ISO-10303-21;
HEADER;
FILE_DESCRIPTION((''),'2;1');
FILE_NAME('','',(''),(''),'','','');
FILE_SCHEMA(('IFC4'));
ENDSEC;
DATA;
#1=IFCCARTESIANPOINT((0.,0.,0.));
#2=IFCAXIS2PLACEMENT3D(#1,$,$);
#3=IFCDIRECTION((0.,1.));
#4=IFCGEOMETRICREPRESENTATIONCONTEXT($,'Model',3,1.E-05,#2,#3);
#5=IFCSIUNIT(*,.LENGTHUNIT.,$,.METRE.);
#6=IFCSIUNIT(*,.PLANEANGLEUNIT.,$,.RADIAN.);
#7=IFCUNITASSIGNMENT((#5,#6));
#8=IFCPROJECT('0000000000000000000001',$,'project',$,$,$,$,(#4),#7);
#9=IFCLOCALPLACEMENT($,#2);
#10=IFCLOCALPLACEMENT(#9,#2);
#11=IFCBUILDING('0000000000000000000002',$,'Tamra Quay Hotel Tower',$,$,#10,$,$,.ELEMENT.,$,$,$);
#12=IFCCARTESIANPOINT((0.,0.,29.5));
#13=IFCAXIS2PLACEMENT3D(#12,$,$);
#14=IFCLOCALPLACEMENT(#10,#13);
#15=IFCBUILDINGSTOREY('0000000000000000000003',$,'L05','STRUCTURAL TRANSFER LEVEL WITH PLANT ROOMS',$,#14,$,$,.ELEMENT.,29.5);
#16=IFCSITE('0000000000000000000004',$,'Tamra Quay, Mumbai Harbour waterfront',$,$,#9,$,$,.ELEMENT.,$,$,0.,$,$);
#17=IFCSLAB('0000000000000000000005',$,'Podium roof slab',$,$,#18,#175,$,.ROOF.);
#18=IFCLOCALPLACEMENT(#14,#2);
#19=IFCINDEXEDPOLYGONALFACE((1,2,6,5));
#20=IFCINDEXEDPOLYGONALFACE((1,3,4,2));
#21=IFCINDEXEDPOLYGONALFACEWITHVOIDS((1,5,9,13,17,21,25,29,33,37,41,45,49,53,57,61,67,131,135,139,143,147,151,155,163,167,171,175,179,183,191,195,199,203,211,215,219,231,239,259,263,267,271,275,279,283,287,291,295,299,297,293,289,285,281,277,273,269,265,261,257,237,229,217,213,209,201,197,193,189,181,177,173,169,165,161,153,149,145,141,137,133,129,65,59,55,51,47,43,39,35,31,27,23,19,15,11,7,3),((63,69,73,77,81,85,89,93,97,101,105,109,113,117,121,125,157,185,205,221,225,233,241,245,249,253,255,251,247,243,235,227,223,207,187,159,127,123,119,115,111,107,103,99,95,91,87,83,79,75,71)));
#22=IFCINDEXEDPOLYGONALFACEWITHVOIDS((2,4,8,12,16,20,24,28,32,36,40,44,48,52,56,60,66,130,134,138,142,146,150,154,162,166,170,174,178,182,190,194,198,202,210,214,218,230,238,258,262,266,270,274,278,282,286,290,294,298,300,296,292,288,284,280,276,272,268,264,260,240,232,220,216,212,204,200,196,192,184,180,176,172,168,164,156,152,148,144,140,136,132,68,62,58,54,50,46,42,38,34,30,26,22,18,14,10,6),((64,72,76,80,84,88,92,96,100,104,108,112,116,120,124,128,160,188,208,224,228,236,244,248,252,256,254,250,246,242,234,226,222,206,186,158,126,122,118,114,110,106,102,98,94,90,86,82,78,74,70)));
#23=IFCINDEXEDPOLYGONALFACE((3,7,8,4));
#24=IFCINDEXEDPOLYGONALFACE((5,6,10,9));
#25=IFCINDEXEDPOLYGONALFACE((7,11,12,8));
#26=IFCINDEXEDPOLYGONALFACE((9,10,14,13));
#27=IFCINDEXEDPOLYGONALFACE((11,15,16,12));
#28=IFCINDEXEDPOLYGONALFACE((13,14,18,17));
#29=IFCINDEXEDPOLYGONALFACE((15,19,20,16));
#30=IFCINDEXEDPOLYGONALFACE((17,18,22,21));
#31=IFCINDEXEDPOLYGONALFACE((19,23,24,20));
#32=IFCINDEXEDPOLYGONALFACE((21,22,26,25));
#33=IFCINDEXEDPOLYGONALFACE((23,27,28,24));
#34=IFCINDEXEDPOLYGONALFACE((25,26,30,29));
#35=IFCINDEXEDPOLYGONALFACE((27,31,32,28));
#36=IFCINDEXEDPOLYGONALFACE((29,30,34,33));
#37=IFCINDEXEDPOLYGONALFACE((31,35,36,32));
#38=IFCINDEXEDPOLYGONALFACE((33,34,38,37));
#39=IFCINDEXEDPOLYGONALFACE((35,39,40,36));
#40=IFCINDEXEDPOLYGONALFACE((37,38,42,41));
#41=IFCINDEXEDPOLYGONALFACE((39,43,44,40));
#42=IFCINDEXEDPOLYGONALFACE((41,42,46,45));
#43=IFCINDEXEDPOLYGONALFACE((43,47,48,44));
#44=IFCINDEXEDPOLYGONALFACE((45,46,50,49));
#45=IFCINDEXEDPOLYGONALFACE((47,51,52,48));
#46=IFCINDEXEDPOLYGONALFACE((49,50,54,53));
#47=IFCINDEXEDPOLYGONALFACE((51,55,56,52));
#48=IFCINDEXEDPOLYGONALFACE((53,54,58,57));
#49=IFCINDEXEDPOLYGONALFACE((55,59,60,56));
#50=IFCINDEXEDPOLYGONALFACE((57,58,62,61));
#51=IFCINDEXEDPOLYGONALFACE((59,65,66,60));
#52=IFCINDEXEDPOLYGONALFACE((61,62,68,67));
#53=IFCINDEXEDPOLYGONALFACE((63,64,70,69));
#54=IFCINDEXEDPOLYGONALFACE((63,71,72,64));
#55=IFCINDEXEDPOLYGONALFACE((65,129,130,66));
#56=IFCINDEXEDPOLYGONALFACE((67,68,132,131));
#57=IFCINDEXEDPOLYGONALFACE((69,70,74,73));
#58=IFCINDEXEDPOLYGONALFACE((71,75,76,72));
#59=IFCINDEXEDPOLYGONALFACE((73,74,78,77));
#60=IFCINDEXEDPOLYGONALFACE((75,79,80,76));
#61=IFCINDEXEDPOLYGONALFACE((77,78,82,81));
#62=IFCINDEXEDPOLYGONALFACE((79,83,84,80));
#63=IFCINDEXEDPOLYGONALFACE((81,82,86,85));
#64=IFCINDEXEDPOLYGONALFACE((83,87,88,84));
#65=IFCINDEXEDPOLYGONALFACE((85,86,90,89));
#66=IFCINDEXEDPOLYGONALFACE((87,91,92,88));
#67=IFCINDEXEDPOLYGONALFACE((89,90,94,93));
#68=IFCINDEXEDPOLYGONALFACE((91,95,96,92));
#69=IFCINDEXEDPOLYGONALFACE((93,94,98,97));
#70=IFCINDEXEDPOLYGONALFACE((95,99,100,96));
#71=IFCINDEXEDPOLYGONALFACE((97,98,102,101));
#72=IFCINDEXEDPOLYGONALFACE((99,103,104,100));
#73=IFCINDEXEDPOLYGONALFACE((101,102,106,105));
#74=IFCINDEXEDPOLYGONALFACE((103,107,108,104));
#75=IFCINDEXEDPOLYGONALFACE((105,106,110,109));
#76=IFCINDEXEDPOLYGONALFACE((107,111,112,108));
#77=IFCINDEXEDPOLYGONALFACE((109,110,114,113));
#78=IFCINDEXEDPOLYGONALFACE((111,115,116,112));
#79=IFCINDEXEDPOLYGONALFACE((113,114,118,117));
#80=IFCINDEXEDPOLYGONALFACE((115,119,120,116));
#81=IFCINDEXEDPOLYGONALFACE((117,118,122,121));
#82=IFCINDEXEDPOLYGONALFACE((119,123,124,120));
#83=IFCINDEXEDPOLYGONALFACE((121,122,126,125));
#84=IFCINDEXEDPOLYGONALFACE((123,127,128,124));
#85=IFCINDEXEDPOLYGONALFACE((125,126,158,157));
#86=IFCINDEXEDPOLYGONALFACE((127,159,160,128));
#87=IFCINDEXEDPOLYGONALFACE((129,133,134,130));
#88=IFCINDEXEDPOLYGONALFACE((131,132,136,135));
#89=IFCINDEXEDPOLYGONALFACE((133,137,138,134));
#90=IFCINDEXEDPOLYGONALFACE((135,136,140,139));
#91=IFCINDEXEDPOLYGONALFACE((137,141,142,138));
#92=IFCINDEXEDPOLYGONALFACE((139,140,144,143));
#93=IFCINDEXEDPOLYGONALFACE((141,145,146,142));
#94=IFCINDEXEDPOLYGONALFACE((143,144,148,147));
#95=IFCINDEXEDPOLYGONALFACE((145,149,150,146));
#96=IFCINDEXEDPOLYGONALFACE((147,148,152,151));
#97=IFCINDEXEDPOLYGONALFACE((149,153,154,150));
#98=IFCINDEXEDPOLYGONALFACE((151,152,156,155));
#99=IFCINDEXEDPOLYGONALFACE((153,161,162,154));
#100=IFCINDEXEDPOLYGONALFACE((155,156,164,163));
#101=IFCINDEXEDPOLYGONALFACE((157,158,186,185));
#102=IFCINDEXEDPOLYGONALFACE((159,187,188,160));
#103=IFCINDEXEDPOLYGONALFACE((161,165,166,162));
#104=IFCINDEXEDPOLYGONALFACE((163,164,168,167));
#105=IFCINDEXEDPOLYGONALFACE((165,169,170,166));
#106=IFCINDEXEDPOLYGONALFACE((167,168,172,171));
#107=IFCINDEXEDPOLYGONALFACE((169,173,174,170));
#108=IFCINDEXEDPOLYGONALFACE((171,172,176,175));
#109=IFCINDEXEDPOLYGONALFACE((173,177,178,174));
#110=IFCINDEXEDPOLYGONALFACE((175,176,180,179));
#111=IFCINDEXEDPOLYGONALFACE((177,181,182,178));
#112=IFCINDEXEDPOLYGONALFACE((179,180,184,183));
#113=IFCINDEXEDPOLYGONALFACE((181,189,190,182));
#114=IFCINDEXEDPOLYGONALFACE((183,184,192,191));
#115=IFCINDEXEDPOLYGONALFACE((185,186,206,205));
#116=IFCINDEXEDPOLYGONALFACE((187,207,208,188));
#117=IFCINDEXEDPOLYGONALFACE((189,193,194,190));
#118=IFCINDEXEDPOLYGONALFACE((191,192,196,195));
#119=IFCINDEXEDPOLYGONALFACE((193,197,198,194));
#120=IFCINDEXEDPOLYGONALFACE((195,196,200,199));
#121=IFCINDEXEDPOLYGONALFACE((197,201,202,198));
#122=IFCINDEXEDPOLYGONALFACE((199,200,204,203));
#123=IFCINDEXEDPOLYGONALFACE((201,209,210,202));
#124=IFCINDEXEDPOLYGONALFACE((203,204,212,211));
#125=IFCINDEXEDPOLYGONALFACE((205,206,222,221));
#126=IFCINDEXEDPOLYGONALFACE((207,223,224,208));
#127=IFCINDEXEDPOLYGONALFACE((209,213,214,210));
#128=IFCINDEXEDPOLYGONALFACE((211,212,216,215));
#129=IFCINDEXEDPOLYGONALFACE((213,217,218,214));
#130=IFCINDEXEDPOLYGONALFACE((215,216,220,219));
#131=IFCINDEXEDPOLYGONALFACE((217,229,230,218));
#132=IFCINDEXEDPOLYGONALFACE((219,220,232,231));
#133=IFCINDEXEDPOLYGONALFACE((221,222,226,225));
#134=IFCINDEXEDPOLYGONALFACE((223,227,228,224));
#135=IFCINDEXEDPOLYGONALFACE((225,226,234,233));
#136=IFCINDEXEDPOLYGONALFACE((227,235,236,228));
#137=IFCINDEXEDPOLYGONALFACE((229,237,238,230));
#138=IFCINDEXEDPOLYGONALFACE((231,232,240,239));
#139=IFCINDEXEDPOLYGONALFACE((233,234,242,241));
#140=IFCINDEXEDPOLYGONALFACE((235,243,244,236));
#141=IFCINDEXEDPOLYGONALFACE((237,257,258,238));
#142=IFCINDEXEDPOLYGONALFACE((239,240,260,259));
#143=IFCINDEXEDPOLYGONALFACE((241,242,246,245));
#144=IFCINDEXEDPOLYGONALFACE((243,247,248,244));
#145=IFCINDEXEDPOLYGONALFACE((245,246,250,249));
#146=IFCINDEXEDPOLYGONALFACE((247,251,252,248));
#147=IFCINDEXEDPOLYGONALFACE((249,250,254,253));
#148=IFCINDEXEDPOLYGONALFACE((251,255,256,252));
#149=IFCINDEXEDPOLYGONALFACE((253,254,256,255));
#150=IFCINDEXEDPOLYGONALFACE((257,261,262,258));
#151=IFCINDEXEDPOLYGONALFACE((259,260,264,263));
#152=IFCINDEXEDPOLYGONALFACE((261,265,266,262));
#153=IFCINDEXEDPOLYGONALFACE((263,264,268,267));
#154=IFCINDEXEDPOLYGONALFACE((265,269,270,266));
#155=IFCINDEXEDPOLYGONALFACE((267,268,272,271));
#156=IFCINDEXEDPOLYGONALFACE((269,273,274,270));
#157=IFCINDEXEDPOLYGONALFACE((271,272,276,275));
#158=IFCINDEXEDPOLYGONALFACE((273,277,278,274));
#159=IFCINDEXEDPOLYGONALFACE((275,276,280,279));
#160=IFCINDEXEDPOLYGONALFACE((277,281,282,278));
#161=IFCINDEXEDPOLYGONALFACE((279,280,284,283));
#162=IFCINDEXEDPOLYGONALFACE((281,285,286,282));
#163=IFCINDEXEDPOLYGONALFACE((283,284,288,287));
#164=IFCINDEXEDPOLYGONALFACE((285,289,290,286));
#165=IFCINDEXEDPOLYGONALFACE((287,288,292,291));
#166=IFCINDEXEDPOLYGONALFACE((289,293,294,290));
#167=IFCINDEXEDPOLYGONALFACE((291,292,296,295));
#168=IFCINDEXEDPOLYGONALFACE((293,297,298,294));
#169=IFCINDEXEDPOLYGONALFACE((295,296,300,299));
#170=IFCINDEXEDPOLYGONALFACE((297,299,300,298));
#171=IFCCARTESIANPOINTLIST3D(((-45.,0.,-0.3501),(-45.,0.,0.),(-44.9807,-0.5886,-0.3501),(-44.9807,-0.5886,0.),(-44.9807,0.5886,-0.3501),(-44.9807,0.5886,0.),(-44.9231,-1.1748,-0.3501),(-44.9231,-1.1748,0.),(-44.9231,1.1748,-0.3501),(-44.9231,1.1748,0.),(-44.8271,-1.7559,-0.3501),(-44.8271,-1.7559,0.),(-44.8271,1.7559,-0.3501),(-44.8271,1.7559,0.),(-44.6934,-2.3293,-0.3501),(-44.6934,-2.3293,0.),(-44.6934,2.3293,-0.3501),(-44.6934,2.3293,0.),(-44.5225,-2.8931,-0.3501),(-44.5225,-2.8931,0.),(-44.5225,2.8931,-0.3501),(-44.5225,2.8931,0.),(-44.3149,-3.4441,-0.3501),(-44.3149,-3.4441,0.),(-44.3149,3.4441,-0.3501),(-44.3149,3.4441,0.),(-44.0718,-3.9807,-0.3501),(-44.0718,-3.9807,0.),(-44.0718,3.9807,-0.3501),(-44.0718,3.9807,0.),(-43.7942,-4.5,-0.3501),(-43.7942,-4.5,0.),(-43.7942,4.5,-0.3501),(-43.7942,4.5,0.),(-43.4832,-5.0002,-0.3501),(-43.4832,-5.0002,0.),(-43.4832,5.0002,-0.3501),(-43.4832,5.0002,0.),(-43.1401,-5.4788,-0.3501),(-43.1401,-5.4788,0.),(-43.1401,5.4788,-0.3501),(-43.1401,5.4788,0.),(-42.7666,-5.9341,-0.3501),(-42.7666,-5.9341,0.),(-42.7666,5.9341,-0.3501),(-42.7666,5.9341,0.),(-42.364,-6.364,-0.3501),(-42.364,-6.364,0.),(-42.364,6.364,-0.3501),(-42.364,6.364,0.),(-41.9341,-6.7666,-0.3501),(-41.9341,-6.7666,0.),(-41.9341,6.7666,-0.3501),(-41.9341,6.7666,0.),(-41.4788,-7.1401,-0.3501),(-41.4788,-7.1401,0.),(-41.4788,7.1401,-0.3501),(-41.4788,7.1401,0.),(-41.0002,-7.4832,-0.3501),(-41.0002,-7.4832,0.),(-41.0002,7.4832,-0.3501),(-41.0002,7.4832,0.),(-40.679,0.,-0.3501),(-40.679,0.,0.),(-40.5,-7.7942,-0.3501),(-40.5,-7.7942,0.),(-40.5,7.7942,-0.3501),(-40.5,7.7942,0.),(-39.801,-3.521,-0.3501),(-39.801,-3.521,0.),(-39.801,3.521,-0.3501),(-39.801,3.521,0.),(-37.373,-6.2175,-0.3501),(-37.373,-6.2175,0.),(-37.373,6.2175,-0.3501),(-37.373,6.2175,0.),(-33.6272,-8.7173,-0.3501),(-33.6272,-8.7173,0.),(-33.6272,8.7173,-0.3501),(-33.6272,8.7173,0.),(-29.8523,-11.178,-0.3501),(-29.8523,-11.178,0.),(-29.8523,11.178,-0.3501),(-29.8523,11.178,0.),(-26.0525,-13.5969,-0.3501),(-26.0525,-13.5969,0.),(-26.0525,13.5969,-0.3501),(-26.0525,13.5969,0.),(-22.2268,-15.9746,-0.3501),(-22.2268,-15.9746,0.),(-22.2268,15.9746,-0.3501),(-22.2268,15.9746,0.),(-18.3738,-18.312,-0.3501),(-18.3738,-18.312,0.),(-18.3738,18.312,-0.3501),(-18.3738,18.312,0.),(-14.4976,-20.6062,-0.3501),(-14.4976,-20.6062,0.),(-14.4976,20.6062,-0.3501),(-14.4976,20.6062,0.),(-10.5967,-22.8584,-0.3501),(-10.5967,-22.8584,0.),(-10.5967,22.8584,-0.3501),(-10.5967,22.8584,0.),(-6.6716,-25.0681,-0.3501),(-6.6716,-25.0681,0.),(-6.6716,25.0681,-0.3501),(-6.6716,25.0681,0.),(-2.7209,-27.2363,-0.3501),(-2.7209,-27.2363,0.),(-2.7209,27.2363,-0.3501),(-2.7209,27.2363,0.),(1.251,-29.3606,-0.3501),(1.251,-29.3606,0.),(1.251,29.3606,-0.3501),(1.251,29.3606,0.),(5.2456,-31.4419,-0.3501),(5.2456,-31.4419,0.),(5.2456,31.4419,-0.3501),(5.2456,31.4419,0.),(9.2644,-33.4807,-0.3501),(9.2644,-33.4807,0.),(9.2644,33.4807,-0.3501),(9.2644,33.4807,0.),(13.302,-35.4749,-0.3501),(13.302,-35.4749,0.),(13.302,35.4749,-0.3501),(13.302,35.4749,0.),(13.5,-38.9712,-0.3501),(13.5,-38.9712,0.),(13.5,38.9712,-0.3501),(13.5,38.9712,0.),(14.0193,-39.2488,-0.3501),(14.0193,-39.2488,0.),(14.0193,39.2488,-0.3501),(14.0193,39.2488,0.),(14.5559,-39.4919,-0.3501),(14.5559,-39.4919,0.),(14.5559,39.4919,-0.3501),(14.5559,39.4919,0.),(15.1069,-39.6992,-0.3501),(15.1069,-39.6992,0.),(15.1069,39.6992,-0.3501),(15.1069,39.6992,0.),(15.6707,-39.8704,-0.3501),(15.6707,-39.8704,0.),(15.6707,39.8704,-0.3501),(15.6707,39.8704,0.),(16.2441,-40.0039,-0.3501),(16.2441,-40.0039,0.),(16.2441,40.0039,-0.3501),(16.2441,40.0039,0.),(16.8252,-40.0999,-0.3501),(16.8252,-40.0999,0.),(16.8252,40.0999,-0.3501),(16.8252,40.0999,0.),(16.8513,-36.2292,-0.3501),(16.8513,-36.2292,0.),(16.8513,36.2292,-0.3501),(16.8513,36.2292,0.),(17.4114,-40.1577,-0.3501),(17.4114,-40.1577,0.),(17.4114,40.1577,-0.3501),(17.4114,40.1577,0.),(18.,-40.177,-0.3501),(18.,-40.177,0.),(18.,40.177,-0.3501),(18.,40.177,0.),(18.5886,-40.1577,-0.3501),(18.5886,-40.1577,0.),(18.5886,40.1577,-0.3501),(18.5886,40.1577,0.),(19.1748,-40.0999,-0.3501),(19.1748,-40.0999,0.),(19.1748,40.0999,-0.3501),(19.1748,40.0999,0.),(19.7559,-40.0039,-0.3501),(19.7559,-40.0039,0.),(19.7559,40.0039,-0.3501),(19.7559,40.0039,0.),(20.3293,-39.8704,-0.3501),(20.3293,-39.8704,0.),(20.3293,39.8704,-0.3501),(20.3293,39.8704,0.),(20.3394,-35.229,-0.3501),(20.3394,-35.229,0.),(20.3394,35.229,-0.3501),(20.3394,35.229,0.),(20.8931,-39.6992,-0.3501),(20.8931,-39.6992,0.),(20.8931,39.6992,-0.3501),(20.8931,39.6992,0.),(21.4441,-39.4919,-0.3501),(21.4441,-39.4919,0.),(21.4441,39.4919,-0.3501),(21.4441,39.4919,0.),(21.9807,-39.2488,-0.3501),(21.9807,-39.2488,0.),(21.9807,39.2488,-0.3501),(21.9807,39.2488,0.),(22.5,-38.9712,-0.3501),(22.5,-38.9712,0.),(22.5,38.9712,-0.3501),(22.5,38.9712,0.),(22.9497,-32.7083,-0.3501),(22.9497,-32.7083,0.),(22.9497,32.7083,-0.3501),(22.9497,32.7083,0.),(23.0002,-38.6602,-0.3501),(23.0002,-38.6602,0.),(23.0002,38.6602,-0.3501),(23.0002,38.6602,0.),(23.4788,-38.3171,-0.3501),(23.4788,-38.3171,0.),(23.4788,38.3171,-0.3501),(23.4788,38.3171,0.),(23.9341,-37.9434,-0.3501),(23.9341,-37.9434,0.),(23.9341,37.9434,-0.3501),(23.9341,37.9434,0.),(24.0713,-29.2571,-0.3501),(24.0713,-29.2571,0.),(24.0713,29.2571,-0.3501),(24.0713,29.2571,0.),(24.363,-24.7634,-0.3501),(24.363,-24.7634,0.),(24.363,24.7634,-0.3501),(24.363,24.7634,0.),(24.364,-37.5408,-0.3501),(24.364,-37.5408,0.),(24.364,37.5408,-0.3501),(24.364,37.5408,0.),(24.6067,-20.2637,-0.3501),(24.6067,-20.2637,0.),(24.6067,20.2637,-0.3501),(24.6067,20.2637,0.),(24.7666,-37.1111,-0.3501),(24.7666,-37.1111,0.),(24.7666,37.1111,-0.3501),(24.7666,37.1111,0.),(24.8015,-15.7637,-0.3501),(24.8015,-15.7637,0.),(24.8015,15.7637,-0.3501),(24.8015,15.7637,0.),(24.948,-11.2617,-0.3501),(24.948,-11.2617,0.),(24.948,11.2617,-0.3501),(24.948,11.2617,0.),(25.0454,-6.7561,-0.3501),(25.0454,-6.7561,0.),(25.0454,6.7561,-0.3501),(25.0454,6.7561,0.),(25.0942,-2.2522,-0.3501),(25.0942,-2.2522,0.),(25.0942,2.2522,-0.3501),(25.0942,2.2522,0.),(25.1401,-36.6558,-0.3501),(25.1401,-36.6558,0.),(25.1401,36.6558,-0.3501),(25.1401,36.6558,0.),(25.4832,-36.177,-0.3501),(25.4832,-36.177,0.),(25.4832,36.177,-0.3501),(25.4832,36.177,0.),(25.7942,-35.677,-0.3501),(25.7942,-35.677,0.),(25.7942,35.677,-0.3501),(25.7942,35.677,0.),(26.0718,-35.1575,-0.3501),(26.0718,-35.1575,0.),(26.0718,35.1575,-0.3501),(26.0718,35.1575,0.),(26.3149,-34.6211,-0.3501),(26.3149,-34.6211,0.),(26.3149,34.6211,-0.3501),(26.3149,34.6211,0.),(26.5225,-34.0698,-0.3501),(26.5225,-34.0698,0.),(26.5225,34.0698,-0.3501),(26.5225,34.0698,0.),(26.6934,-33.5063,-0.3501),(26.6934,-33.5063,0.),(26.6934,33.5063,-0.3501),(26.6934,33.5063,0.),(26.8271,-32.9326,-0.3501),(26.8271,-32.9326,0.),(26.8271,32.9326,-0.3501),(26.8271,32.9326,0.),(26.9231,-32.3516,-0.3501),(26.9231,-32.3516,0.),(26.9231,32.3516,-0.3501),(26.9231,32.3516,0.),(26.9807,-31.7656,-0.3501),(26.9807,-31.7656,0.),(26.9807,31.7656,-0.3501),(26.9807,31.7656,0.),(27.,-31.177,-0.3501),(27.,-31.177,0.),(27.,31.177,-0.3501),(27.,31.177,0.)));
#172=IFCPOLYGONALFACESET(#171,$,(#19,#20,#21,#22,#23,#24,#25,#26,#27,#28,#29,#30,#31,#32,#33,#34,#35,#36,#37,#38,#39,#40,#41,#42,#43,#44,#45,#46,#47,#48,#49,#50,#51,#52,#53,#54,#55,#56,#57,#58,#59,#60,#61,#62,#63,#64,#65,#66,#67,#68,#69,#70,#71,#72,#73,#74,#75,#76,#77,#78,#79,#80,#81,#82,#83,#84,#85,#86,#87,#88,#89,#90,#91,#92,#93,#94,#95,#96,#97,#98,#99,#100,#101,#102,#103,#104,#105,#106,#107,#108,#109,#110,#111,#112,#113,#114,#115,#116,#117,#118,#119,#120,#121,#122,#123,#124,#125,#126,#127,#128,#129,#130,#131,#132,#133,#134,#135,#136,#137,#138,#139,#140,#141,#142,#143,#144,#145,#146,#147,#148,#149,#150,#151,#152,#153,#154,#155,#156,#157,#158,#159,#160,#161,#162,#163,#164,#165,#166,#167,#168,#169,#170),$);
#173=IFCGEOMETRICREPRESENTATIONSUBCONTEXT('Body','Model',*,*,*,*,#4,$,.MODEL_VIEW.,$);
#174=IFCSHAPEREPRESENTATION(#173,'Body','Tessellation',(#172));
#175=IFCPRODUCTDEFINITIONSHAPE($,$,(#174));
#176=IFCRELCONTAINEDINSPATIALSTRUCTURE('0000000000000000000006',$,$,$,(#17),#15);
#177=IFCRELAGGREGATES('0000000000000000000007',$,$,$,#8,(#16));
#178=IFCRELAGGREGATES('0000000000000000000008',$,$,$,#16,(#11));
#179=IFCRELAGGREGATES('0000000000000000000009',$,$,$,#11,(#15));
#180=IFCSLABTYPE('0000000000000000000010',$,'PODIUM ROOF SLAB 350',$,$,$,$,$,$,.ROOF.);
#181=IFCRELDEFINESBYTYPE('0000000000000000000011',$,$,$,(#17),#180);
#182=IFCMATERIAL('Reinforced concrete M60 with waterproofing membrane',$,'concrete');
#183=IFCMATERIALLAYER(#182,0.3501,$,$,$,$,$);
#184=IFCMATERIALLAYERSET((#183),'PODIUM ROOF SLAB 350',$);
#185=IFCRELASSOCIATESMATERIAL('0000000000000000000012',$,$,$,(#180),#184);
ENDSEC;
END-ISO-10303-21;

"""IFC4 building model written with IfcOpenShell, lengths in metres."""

from ifc_helpers import new_model, si_unit, direction, frame, origin, place, context, subcontext, project, spatial, polyline, outline, extrude, material, layer, layer_set, type_object, element, save


model = new_model("IFC4")

# Units and contexts
model_context = context("Model", 3, precision=1e-05, world=origin(), true_north=direction((0.0, 1.0)))
body_context = subcontext(model_context, "Body", "Model", "MODEL_VIEW")
ifc_project = project(units=[si_unit("LENGTHUNIT", "METRE"), si_unit("PLANEANGLEUNIT", "RADIAN")], contexts=[model_context])

# Site, building, storey
site_placement = place(None, origin())
site = spatial("IfcSite", under=ifc_project, at=site_placement, Name="Tamra Quay, Mumbai Harbour waterfront", CompositionType="ELEMENT", RefElevation=0.0)
building_placement = place(site_placement, origin())
building = spatial("IfcBuilding", under=site, at=building_placement, Name="Tamra Quay Hotel Tower", CompositionType="ELEMENT")
storey_placement = place(building_placement, frame((0.0, 0.0, 29.5)))
storey = spatial("IfcBuildingStorey", under=building, at=storey_placement, Name="L05", Description="STRUCTURAL TRANSFER LEVEL WITH PLANT ROOMS", CompositionType="ELEMENT", Elevation=29.5)

# Slab
ifc_material_1 = material(Name="Reinforced concrete M60 with waterproofing membrane", Category="concrete")
ifc_layer_1 = layer(ifc_material_1, 0.3501)
ifc_layer_set_1 = layer_set([ifc_layer_1], Name="PODIUM ROOF SLAB 350")
slab_type_1 = type_object("IfcSlabType", Name="PODIUM ROOF SLAB 350", PredefinedType="ROOF", material=ifc_layer_set_1)
slab_1_placement = place(storey_placement, frame((0.0, 0.0, -0.3501)))
element("IfcSlab", 1, at=slab_1_placement, inside=storey, type_object=slab_type_1, Name="Podium roof slab", PredefinedType="ROOF", context=body_context, shape_type="SweptSolid", body=[
    extrude(outline(polyline([(14.0193, 39.2488), (13.5, 38.9712), (-40.5, 7.7942), (-41.0002, 7.4832), (-41.4788, 7.1401), (-41.9341, 6.7666), (-42.364, 6.364), (-42.7666, 5.9341), (-43.1401, 5.4788), (-43.4832, 5.0002), (-43.7942, 4.5), (-44.0718, 3.9807), (-44.3149, 3.4441), (-44.5225, 2.8931), (-44.6934, 2.3293), (-44.8271, 1.7559), (-44.9231, 1.1748), (-44.9807, 0.5886), (-45.0, 0.0), (-44.9807, -0.5886), (-44.9231, -1.1748), (-44.8271, -1.7559), (-44.6934, -2.3293), (-44.5225, -2.8931), (-44.3149, -3.4441), (-44.0718, -3.9807), (-43.7942, -4.5), (-43.4832, -5.0002), (-43.1401, -5.4788), (-42.7666, -5.9341), (-42.364, -6.364), (-41.9341, -6.7666), (-41.4788, -7.1401), (-41.0002, -7.4832), (-40.5, -7.7942), (13.5, -38.9712), (14.0193, -39.2488), (14.5559, -39.4919), (15.1069, -39.6992), (15.6707, -39.8704), (16.2441, -40.0039), (16.8252, -40.0999), (17.4114, -40.1577), (18.0, -40.177), (18.5886, -40.1577), (19.1748, -40.0999), (19.7559, -40.0039), (20.3293, -39.8704), (20.8931, -39.6992), (21.4441, -39.4919), (21.9807, -39.2488), (22.5, -38.9712), (23.0002, -38.6602), (23.4788, -38.3171), (23.9341, -37.9434), (24.364, -37.5408), (24.7666, -37.1111), (25.1401, -36.6558), (25.4832, -36.177), (25.7942, -35.677), (26.0718, -35.1575), (26.3149, -34.6211), (26.5225, -34.0698), (26.6934, -33.5063), (26.8271, -32.9326), (26.9231, -32.3516), (26.9807, -31.7656), (27.0, -31.177), (27.0, 31.177), (26.9807, 31.7656), (26.9231, 32.3516), (26.8271, 32.9326), (26.6934, 33.5063), (26.5225, 34.0698), (26.3149, 34.6211), (26.0718, 35.1575), (25.7942, 35.677), (25.4832, 36.177), (25.1401, 36.6558), (24.7666, 37.1111), (24.364, 37.5408), (23.9341, 37.9434), (23.4788, 38.3171), (23.0002, 38.6602), (22.5, 38.9712), (21.9807, 39.2488), (21.4441, 39.4919), (20.8931, 39.6992), (20.3293, 39.8704), (19.7559, 40.0039), (19.1748, 40.0999), (18.5886, 40.1577), (18.0, 40.177), (17.4114, 40.1577), (16.8252, 40.0999), (16.2441, 40.0039), (15.6707, 39.8704), (15.1069, 39.6992), (14.5559, 39.4919), (14.0193, 39.2488)]), holes=[polyline([(24.0713, 29.2571), (24.363, 24.7634), (24.6067, 20.2637), (24.8015, 15.7637), (24.948, 11.2617), (25.0454, 6.7561), (25.0942, 2.2522), (25.0942, -2.2522), (25.0454, -6.7561), (24.948, -11.2617), (24.8015, -15.7637), (24.6067, -20.2637), (24.363, -24.7634), (24.0713, -29.2571), (22.9497, -32.7083), (20.3394, -35.229), (16.8513, -36.2292), (13.302, -35.4749), (9.2644, -33.4807), (5.2456, -31.4419), (1.251, -29.3606), (-2.7209, -27.2363), (-6.6716, -25.0681), (-10.5967, -22.8584), (-14.4976, -20.6062), (-18.3738, -18.312), (-22.2268, -15.9746), (-26.0525, -13.5969), (-29.8523, -11.178), (-33.6272, -8.7173), (-37.373, -6.2175), (-39.801, -3.521), (-40.679, 0.0), (-39.801, 3.521), (-37.373, 6.2175), (-33.6272, 8.7173), (-29.8523, 11.178), (-26.0525, 13.5969), (-22.2268, 15.9746), (-18.3738, 18.312), (-14.4976, 20.6062), (-10.5967, 22.8584), (-6.6716, 25.0681), (-2.7209, 27.2363), (1.251, 29.3606), (5.2456, 31.4419), (9.2644, 33.4807), (13.302, 35.4749), (16.8513, 36.2292), (20.3394, 35.229), (22.9497, 32.7083), (24.0713, 29.2571)])]), origin(), (0.0, 0.0, 1.0), 0.3501),
])

save(model, "model.ifc")
